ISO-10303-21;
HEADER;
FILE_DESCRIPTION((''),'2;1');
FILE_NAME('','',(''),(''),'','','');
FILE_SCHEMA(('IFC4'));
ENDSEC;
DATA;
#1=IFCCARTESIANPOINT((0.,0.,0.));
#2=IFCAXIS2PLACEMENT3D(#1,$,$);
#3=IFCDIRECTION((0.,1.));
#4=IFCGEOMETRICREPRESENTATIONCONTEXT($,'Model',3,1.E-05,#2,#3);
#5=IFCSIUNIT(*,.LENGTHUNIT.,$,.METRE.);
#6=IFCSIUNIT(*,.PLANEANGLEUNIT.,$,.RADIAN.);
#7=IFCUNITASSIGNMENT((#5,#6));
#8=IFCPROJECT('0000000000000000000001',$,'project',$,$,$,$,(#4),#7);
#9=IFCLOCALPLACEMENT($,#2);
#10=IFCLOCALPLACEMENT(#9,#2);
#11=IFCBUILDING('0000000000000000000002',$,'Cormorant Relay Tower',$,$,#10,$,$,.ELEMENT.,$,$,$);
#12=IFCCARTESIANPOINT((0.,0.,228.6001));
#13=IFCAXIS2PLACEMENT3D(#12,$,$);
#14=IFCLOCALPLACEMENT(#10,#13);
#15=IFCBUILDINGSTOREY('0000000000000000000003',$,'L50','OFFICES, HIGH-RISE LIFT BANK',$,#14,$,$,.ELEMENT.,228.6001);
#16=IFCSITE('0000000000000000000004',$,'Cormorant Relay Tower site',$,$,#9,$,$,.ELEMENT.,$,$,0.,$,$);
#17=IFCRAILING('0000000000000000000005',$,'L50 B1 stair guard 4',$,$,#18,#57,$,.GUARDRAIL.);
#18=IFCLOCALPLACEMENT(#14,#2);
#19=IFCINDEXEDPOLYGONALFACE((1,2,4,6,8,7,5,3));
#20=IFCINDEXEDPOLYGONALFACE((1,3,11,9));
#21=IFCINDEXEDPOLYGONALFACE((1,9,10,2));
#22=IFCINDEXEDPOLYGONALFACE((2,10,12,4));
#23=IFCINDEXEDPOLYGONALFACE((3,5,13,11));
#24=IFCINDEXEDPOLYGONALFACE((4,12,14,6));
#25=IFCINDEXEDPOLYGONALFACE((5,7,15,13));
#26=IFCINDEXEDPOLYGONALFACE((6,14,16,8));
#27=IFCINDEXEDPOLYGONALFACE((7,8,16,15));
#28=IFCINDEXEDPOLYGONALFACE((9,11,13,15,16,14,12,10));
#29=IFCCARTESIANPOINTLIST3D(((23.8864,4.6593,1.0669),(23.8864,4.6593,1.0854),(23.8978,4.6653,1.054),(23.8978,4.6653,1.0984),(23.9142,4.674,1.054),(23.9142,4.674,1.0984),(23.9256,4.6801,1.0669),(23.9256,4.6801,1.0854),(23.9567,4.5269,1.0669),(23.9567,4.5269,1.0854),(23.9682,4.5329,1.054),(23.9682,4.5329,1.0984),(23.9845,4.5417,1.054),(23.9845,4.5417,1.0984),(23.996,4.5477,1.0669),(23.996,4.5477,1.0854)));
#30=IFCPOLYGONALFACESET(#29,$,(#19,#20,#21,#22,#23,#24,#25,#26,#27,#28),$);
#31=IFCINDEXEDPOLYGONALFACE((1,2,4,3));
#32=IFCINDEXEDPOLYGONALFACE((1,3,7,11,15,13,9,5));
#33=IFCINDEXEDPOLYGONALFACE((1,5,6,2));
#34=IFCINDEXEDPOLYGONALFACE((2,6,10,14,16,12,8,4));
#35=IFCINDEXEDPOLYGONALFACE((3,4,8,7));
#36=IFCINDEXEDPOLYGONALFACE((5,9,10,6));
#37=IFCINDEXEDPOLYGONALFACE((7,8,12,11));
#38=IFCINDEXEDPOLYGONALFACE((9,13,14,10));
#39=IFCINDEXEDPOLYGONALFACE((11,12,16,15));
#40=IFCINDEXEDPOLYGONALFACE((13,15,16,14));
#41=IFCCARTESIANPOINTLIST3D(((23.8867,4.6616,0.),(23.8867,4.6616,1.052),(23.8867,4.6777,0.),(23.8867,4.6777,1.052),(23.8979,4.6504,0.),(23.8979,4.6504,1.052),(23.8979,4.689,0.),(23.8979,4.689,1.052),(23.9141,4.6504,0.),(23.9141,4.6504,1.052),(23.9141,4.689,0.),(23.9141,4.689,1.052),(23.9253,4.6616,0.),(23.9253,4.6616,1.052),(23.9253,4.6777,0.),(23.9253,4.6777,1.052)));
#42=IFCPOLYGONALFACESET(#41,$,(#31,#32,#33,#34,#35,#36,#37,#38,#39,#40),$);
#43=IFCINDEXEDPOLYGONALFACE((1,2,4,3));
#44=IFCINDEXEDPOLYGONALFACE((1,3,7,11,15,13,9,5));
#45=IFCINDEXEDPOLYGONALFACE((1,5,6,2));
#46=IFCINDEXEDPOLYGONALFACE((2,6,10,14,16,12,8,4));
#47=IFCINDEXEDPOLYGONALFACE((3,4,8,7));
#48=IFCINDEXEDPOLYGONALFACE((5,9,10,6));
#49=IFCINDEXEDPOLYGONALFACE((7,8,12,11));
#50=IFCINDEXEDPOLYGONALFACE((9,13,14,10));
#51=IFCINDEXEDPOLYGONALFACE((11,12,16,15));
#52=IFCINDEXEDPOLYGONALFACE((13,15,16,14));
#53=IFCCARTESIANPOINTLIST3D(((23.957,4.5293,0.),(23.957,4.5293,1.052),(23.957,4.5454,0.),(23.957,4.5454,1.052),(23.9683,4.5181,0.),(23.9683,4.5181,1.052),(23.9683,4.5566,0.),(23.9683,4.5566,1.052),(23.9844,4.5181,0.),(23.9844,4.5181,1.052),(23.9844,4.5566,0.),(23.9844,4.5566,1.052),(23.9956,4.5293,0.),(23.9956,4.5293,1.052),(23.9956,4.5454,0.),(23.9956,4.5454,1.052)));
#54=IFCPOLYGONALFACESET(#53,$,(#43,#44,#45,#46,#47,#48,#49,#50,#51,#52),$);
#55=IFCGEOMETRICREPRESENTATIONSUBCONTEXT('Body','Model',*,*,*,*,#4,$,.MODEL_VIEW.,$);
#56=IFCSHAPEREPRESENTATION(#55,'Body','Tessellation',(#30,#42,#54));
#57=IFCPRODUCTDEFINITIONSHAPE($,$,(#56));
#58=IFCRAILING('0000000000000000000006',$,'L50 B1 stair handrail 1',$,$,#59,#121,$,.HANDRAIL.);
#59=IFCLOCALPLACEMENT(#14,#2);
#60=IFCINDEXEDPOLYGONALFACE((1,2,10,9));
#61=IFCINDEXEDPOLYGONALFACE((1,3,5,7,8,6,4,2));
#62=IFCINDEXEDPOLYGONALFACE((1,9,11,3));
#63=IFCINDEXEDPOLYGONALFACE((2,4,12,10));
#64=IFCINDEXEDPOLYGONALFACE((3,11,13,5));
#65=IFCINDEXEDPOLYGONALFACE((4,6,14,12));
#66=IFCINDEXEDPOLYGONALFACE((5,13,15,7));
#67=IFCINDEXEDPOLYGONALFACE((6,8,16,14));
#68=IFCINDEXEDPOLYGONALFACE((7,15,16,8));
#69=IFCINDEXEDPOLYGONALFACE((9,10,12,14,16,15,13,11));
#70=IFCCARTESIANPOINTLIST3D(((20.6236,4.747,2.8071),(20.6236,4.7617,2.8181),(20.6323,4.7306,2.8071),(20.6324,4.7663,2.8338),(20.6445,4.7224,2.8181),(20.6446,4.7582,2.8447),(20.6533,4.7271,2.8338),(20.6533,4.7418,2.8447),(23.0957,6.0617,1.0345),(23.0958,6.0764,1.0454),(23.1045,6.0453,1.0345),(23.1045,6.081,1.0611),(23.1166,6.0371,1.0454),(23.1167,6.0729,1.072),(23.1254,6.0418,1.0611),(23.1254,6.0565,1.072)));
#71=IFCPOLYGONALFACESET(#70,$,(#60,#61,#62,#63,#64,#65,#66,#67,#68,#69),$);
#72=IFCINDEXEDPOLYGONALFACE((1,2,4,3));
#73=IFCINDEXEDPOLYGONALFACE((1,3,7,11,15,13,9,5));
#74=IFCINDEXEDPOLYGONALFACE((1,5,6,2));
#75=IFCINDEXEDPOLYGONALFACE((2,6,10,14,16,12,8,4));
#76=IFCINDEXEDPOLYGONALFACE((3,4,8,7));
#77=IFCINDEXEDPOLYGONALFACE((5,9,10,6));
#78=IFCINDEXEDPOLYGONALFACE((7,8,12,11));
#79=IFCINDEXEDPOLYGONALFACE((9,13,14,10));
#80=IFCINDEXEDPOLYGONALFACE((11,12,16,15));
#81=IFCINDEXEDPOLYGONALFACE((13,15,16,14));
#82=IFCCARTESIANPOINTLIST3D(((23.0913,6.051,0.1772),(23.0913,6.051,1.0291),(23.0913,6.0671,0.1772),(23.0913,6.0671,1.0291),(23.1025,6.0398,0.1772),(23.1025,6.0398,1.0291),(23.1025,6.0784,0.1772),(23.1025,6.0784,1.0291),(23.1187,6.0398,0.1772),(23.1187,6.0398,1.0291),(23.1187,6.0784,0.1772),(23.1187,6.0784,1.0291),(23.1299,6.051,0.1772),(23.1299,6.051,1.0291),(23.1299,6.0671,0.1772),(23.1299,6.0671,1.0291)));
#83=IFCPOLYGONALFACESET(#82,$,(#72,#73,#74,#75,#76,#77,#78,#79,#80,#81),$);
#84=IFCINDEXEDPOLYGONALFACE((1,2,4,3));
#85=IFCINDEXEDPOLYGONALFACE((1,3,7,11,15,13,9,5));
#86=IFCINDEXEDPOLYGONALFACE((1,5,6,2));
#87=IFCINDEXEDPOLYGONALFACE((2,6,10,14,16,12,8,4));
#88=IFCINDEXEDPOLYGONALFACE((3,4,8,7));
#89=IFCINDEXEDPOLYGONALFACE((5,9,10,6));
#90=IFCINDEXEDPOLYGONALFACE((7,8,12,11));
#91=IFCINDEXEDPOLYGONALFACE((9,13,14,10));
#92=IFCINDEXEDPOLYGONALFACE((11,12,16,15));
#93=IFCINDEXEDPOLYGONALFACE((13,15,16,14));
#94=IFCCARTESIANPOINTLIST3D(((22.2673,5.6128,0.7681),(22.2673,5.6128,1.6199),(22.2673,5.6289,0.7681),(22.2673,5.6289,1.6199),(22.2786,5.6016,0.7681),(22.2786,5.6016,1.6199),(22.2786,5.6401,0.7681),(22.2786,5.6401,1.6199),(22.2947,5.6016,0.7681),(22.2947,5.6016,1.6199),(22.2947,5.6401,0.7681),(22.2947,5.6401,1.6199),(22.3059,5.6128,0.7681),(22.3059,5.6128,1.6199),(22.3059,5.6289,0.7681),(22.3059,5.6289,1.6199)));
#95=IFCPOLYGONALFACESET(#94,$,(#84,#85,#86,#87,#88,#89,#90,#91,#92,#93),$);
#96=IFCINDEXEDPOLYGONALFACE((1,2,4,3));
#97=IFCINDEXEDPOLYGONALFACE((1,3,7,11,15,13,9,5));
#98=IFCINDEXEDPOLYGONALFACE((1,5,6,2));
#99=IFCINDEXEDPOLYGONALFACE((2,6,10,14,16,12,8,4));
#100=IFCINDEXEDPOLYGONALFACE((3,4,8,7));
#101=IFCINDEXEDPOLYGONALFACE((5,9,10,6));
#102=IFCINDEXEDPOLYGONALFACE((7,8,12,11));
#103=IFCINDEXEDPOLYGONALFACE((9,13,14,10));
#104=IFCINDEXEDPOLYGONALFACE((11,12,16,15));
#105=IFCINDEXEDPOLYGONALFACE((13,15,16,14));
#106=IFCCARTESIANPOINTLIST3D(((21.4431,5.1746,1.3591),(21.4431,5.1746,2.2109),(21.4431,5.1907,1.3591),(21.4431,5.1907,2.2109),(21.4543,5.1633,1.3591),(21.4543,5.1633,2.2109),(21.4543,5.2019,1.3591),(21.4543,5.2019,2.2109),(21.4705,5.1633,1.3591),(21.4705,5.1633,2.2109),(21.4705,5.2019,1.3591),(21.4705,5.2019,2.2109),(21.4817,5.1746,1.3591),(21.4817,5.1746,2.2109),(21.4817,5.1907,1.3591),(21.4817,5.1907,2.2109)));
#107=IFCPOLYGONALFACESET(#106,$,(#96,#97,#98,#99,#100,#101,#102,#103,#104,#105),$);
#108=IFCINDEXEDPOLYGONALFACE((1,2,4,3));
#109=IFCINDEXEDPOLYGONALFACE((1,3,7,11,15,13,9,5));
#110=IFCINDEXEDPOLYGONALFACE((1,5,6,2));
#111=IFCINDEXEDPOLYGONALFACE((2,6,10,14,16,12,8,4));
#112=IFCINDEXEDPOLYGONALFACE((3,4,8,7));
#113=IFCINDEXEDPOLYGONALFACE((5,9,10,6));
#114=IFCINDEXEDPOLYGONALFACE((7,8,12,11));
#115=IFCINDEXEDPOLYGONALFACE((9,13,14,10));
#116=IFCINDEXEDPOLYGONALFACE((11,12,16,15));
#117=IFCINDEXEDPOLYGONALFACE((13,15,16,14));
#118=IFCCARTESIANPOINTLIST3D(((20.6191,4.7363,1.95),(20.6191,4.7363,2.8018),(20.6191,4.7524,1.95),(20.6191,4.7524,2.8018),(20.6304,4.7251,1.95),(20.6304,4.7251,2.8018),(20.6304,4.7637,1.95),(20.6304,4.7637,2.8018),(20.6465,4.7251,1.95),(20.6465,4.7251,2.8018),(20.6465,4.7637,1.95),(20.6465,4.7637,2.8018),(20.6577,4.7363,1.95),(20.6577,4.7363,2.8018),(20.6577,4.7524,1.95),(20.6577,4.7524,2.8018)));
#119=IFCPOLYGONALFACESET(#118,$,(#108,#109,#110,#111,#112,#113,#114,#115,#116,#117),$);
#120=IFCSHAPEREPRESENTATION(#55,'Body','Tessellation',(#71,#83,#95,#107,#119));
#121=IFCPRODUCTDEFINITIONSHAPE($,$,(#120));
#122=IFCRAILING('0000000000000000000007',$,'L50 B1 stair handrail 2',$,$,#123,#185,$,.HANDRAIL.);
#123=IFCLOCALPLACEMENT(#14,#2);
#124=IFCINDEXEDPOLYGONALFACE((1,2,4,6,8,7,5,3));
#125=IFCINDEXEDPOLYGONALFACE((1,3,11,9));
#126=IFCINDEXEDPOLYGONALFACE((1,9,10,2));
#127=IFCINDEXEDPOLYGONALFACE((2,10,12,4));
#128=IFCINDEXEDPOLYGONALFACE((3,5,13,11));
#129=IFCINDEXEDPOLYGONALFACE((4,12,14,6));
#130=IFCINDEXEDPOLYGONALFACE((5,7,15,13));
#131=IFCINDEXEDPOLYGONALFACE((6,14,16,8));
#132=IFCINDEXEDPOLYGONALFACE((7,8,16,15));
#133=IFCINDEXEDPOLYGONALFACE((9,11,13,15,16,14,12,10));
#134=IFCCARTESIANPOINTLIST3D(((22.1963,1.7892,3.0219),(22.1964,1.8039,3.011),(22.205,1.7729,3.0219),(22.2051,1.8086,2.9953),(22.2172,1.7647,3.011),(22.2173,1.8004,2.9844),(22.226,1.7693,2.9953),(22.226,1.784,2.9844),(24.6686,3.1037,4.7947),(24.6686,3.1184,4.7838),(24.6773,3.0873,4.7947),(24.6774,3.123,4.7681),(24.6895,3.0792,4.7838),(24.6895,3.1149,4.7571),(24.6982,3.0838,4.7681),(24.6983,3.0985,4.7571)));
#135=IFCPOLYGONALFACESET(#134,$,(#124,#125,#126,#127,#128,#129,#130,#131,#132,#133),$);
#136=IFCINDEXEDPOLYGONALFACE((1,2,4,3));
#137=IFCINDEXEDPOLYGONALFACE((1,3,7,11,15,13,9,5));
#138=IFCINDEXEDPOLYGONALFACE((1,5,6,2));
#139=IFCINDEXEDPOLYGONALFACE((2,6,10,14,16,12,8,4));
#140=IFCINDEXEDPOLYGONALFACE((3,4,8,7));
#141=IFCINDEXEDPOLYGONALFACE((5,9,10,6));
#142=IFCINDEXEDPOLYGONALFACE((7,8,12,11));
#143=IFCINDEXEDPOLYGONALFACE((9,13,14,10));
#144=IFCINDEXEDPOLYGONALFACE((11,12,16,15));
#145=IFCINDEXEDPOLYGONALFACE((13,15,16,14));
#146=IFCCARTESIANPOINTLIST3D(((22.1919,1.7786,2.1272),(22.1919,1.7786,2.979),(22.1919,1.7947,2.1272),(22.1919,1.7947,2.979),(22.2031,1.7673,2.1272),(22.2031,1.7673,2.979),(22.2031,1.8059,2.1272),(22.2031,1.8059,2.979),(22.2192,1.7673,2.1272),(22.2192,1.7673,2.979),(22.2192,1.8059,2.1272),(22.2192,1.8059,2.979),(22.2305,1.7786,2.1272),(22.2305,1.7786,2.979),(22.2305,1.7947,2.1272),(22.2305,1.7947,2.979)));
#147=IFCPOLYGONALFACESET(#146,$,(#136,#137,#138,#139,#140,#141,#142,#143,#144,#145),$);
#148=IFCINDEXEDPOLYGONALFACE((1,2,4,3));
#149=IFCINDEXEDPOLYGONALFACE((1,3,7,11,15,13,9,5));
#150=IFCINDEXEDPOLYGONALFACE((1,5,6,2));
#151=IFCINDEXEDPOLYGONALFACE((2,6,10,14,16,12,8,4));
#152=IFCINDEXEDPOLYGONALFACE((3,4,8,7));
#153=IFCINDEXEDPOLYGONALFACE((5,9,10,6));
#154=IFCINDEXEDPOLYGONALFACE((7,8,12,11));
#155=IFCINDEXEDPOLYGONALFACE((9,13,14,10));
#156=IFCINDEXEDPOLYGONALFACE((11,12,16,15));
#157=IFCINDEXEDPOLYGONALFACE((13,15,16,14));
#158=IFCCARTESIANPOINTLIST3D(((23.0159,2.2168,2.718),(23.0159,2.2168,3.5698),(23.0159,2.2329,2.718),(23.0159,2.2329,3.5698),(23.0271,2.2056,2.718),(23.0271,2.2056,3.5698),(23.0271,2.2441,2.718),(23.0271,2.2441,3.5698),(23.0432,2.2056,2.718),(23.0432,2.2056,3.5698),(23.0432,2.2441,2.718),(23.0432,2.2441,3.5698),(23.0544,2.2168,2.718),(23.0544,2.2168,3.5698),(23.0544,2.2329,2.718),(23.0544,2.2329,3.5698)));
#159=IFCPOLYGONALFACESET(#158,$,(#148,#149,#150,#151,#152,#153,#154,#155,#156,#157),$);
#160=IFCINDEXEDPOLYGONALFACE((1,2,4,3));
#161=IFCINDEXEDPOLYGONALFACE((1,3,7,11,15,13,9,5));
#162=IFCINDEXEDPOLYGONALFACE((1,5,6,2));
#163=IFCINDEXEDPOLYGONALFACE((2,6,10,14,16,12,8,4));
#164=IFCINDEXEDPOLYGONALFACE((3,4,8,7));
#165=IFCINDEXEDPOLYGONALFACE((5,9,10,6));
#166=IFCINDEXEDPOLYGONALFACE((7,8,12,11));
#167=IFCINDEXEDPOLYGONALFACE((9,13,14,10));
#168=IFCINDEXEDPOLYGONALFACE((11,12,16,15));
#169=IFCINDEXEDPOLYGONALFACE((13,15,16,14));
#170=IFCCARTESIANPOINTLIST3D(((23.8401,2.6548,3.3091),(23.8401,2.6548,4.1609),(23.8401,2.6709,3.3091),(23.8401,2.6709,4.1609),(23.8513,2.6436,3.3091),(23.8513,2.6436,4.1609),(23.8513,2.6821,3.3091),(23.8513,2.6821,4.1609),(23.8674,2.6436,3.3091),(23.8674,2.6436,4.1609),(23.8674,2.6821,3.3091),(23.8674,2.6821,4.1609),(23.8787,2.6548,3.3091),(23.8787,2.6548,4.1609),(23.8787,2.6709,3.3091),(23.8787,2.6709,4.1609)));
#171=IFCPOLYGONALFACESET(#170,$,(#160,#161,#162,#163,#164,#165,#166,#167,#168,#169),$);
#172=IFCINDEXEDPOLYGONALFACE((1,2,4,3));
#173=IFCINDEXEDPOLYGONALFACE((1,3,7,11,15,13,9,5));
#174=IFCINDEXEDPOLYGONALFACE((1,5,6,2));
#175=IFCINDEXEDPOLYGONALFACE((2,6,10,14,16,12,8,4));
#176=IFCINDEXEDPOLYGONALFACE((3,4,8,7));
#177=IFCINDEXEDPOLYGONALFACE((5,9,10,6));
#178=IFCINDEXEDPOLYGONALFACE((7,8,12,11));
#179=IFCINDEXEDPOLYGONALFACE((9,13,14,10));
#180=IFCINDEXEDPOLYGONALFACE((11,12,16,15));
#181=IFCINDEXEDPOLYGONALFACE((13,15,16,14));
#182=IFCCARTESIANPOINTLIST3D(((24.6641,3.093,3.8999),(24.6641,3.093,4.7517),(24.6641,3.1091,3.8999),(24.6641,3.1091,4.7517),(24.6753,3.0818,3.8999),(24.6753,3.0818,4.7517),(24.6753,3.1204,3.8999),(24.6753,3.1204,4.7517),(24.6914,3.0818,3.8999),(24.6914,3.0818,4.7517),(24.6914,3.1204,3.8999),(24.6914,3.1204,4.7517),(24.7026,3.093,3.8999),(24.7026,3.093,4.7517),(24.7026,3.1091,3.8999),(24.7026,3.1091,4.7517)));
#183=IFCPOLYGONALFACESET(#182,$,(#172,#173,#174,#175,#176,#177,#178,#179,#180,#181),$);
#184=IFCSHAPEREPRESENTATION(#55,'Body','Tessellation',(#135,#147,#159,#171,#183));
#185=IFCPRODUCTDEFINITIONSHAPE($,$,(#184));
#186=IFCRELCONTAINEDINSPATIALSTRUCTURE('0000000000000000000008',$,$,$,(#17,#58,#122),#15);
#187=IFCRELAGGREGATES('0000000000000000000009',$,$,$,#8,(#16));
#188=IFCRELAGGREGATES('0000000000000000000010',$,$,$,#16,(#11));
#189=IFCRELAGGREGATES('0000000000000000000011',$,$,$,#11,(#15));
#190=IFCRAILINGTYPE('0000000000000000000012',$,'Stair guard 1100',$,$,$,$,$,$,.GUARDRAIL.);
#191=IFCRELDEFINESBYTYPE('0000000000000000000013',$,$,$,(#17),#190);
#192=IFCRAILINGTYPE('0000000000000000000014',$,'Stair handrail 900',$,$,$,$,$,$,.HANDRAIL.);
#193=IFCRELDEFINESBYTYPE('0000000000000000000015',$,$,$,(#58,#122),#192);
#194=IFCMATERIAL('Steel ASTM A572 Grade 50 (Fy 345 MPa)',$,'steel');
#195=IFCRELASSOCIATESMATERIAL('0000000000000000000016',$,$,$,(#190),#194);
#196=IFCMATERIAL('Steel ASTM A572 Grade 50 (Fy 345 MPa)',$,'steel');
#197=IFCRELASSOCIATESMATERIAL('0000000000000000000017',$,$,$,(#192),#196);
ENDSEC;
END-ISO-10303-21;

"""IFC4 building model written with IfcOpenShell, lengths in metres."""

from ifc_helpers import new_model, si_unit, direction, frame, origin, place, context, subcontext, project, spatial, polyline, outline, extrude, material, type_object, element, save


model = new_model("IFC4")

# Units and contexts
model_context = context("Model", 3, precision=1e-05, world=origin(), true_north=direction((0.0, 1.0)))
body_context = subcontext(model_context, "Body", "Model", "MODEL_VIEW")
ifc_project = project(units=[si_unit("LENGTHUNIT", "METRE"), si_unit("PLANEANGLEUNIT", "RADIAN")], contexts=[model_context])

# Site, building, storey
site_placement = place(None, origin())
site = spatial("IfcSite", under=ifc_project, at=site_placement, Name="Cormorant Relay Tower site", CompositionType="ELEMENT", RefElevation=0.0)
building_placement = place(site_placement, origin())
building = spatial("IfcBuilding", under=site, at=building_placement, Name="Cormorant Relay Tower", CompositionType="ELEMENT")
storey_placement = place(building_placement, frame((0.0, 0.0, 228.6001)))
storey = spatial("IfcBuildingStorey", under=building, at=storey_placement, Name="L50", Description="OFFICES, HIGH-RISE LIFT BANK", CompositionType="ELEMENT", Elevation=228.6001)

# Railings
ifc_material_1 = material(Name="Steel ASTM A572 Grade 50 (Fy 345 MPa)", Category="steel")
railing_type_1 = type_object("IfcRailingType", Name="Stair guard 1100", PredefinedType="GUARDRAIL", material=ifc_material_1)
railing_1_placement = place(storey_placement, frame((23.906, 4.6697, 0.0)))
element("IfcRailing", 1, at=railing_1_placement, inside=storey, type_object=railing_type_1, Name="L50 B1 stair guard 4", PredefinedType="GUARDRAIL", context=body_context, shape_type="SweptSolid", body=[
    extrude(outline(polyline([(0.0222, 0.0093), (0.0093, 0.0222), (-0.0093, 0.0222), (-0.0222, 0.0093), (-0.0222, -0.0093), (-0.0093, -0.0222), (0.0093, -0.0222), (0.0222, -0.0093), (0.0222, 0.0093)])), frame((0.0, 0.0, 1.0762), z_axis=(0.469235, -0.883074, 0.0), x_axis=(0.883074, 0.469235, 0.0)), (0.0, 0.0, 1.0), 0.1499),
    extrude(outline(polyline([(0.0193, 0.0081), (0.0081, 0.0193), (-0.0081, 0.0193), (-0.0193, 0.0081), (-0.0193, -0.0081), (-0.0081, -0.0193), (0.0081, -0.0193), (0.0193, -0.0081), (0.0193, 0.0081)])), origin(), (0.0, 0.0, 1.0), 1.052),
    extrude(outline(polyline([(0.0193, 0.0081), (0.0081, 0.0193), (-0.0081, 0.0193), (-0.0193, 0.0081), (-0.0193, -0.0081), (-0.0081, -0.0193), (0.0081, -0.0193), (0.0193, -0.0081), (0.0193, 0.0081)])), frame((0.0703, -0.1323, 0.0)), (0.0, 0.0, 1.0), 1.052),
])
ifc_material_2 = material(Name="Steel ASTM A572 Grade 50 (Fy 345 MPa)", Category="steel")
railing_type_2 = type_object("IfcRailingType", Name="Stair handrail 900", PredefinedType="HANDRAIL", material=ifc_material_2)
railing_2_placement = place(storey_placement, frame((23.1106, 6.0591, 0.1772)))
element("IfcRailing", 2, at=railing_2_placement, inside=storey, type_object=railing_type_2, Name="L50 B1 stair handrail 1", PredefinedType="HANDRAIL", context=body_context, shape_type="SweptSolid", body=[
    extrude(outline(polyline([(0.0222, 0.0093), (0.0093, 0.0222), (-0.0093, 0.0222), (-0.0222, 0.0093), (-0.0222, -0.0093), (-0.0093, -0.0222), (0.0093, -0.0222), (0.0222, -0.0093), (0.0222, 0.0093)])), frame((0.0, 0.0, 0.876), z_axis=(-0.745979, -0.396711, 0.534916), x_axis=(0.469533, -0.882915, 0.0)), (0.0, 0.0, 1.0), 3.314),
    extrude(outline(polyline([(0.0193, 0.0081), (0.0081, 0.0193), (-0.0081, 0.0193), (-0.0193, 0.0081), (-0.0193, -0.0081), (-0.0081, -0.0193), (0.0081, -0.0193), (0.0193, -0.0081), (0.0193, 0.0081)])), origin(), (0.0, 0.0, 1.0), 0.8518),
    extrude(outline(polyline([(0.0193, 0.0081), (0.0081, 0.0193), (-0.0081, 0.0193), (-0.0193, 0.0081), (-0.0193, -0.0081), (-0.0081, -0.0193), (0.0081, -0.0193), (0.0193, -0.0081), (0.0193, 0.0081)])), frame((-0.824, -0.4382, 0.5908)), (0.0, 0.0, 1.0), 0.8518),
    extrude(outline(polyline([(0.0193, 0.0081), (0.0081, 0.0193), (-0.0081, 0.0193), (-0.0193, 0.0081), (-0.0193, -0.0081), (-0.0081, -0.0193), (0.0081, -0.0193), (0.0193, -0.0081), (0.0193, 0.0081)])), frame((-1.6482, -0.8765, 1.1819)), (0.0, 0.0, 1.0), 0.8518),
    extrude(outline(polyline([(0.0193, 0.0081), (0.0081, 0.0193), (-0.0081, 0.0193), (-0.0193, 0.0081), (-0.0193, -0.0081), (-0.0081, -0.0193), (0.0081, -0.0193), (0.0193, -0.0081), (0.0193, 0.0081)])), frame((-2.4722, -1.3147, 1.7727)), (0.0, 0.0, 1.0), 0.8518),
])
railing_3_placement = place(storey_placement, frame((22.2112, 1.7866, 2.1272)))
element("IfcRailing", 3, at=railing_3_placement, inside=storey, type_object=railing_type_2, Name="L50 B1 stair handrail 2", PredefinedType="HANDRAIL", context=body_context, shape_type="SweptSolid", body=[
    extrude(outline(polyline([(0.0222, 0.0093), (0.0093, 0.0222), (-0.0093, 0.0222), (-0.0222, 0.0093), (-0.0222, -0.0093), (-0.0093, -0.0222), (0.0093, -0.0222), (0.0222, -0.0093), (0.0222, 0.0093)])), frame((0.0, 0.0, 0.876), z_axis=(0.746001, 0.396649, 0.534931), x_axis=(-0.469465, 0.882951, 0.0)), (0.0, 0.0, 1.0), 3.314),
    extrude(outline(polyline([(0.0193, 0.0081), (0.0081, 0.0193), (-0.0081, 0.0193), (-0.0193, 0.0081), (-0.0193, -0.0081), (-0.0081, -0.0193), (0.0081, -0.0193), (0.0193, -0.0081), (0.0193, 0.0081)])), origin(), (0.0, 0.0, 1.0), 0.8518),
    extrude(outline(polyline([(0.0193, 0.0081), (0.0081, 0.0193), (-0.0081, 0.0193), (-0.0193, 0.0081), (-0.0193, -0.0081), (-0.0081, -0.0193), (0.0081, -0.0193), (0.0193, -0.0081), (0.0193, 0.0081)])), frame((0.824, 0.4382, 0.5908)), (0.0, 0.0, 1.0), 0.8518),
    extrude(outline(polyline([(0.0193, 0.0081), (0.0081, 0.0193), (-0.0081, 0.0193), (-0.0193, 0.0081), (-0.0193, -0.0081), (-0.0081, -0.0193), (0.0081, -0.0193), (0.0193, -0.0081), (0.0193, 0.0081)])), frame((1.6482, 0.8762, 1.1819)), (0.0, 0.0, 1.0), 0.8518),
    extrude(outline(polyline([(0.0193, 0.0081), (0.0081, 0.0193), (-0.0081, 0.0193), (-0.0193, 0.0081), (-0.0193, -0.0081), (-0.0081, -0.0193), (0.0081, -0.0193), (0.0193, -0.0081), (0.0193, 0.0081)])), frame((2.4722, 1.3145, 1.7727)), (0.0, 0.0, 1.0), 0.8518),
])

save(model, "model.ifc")
